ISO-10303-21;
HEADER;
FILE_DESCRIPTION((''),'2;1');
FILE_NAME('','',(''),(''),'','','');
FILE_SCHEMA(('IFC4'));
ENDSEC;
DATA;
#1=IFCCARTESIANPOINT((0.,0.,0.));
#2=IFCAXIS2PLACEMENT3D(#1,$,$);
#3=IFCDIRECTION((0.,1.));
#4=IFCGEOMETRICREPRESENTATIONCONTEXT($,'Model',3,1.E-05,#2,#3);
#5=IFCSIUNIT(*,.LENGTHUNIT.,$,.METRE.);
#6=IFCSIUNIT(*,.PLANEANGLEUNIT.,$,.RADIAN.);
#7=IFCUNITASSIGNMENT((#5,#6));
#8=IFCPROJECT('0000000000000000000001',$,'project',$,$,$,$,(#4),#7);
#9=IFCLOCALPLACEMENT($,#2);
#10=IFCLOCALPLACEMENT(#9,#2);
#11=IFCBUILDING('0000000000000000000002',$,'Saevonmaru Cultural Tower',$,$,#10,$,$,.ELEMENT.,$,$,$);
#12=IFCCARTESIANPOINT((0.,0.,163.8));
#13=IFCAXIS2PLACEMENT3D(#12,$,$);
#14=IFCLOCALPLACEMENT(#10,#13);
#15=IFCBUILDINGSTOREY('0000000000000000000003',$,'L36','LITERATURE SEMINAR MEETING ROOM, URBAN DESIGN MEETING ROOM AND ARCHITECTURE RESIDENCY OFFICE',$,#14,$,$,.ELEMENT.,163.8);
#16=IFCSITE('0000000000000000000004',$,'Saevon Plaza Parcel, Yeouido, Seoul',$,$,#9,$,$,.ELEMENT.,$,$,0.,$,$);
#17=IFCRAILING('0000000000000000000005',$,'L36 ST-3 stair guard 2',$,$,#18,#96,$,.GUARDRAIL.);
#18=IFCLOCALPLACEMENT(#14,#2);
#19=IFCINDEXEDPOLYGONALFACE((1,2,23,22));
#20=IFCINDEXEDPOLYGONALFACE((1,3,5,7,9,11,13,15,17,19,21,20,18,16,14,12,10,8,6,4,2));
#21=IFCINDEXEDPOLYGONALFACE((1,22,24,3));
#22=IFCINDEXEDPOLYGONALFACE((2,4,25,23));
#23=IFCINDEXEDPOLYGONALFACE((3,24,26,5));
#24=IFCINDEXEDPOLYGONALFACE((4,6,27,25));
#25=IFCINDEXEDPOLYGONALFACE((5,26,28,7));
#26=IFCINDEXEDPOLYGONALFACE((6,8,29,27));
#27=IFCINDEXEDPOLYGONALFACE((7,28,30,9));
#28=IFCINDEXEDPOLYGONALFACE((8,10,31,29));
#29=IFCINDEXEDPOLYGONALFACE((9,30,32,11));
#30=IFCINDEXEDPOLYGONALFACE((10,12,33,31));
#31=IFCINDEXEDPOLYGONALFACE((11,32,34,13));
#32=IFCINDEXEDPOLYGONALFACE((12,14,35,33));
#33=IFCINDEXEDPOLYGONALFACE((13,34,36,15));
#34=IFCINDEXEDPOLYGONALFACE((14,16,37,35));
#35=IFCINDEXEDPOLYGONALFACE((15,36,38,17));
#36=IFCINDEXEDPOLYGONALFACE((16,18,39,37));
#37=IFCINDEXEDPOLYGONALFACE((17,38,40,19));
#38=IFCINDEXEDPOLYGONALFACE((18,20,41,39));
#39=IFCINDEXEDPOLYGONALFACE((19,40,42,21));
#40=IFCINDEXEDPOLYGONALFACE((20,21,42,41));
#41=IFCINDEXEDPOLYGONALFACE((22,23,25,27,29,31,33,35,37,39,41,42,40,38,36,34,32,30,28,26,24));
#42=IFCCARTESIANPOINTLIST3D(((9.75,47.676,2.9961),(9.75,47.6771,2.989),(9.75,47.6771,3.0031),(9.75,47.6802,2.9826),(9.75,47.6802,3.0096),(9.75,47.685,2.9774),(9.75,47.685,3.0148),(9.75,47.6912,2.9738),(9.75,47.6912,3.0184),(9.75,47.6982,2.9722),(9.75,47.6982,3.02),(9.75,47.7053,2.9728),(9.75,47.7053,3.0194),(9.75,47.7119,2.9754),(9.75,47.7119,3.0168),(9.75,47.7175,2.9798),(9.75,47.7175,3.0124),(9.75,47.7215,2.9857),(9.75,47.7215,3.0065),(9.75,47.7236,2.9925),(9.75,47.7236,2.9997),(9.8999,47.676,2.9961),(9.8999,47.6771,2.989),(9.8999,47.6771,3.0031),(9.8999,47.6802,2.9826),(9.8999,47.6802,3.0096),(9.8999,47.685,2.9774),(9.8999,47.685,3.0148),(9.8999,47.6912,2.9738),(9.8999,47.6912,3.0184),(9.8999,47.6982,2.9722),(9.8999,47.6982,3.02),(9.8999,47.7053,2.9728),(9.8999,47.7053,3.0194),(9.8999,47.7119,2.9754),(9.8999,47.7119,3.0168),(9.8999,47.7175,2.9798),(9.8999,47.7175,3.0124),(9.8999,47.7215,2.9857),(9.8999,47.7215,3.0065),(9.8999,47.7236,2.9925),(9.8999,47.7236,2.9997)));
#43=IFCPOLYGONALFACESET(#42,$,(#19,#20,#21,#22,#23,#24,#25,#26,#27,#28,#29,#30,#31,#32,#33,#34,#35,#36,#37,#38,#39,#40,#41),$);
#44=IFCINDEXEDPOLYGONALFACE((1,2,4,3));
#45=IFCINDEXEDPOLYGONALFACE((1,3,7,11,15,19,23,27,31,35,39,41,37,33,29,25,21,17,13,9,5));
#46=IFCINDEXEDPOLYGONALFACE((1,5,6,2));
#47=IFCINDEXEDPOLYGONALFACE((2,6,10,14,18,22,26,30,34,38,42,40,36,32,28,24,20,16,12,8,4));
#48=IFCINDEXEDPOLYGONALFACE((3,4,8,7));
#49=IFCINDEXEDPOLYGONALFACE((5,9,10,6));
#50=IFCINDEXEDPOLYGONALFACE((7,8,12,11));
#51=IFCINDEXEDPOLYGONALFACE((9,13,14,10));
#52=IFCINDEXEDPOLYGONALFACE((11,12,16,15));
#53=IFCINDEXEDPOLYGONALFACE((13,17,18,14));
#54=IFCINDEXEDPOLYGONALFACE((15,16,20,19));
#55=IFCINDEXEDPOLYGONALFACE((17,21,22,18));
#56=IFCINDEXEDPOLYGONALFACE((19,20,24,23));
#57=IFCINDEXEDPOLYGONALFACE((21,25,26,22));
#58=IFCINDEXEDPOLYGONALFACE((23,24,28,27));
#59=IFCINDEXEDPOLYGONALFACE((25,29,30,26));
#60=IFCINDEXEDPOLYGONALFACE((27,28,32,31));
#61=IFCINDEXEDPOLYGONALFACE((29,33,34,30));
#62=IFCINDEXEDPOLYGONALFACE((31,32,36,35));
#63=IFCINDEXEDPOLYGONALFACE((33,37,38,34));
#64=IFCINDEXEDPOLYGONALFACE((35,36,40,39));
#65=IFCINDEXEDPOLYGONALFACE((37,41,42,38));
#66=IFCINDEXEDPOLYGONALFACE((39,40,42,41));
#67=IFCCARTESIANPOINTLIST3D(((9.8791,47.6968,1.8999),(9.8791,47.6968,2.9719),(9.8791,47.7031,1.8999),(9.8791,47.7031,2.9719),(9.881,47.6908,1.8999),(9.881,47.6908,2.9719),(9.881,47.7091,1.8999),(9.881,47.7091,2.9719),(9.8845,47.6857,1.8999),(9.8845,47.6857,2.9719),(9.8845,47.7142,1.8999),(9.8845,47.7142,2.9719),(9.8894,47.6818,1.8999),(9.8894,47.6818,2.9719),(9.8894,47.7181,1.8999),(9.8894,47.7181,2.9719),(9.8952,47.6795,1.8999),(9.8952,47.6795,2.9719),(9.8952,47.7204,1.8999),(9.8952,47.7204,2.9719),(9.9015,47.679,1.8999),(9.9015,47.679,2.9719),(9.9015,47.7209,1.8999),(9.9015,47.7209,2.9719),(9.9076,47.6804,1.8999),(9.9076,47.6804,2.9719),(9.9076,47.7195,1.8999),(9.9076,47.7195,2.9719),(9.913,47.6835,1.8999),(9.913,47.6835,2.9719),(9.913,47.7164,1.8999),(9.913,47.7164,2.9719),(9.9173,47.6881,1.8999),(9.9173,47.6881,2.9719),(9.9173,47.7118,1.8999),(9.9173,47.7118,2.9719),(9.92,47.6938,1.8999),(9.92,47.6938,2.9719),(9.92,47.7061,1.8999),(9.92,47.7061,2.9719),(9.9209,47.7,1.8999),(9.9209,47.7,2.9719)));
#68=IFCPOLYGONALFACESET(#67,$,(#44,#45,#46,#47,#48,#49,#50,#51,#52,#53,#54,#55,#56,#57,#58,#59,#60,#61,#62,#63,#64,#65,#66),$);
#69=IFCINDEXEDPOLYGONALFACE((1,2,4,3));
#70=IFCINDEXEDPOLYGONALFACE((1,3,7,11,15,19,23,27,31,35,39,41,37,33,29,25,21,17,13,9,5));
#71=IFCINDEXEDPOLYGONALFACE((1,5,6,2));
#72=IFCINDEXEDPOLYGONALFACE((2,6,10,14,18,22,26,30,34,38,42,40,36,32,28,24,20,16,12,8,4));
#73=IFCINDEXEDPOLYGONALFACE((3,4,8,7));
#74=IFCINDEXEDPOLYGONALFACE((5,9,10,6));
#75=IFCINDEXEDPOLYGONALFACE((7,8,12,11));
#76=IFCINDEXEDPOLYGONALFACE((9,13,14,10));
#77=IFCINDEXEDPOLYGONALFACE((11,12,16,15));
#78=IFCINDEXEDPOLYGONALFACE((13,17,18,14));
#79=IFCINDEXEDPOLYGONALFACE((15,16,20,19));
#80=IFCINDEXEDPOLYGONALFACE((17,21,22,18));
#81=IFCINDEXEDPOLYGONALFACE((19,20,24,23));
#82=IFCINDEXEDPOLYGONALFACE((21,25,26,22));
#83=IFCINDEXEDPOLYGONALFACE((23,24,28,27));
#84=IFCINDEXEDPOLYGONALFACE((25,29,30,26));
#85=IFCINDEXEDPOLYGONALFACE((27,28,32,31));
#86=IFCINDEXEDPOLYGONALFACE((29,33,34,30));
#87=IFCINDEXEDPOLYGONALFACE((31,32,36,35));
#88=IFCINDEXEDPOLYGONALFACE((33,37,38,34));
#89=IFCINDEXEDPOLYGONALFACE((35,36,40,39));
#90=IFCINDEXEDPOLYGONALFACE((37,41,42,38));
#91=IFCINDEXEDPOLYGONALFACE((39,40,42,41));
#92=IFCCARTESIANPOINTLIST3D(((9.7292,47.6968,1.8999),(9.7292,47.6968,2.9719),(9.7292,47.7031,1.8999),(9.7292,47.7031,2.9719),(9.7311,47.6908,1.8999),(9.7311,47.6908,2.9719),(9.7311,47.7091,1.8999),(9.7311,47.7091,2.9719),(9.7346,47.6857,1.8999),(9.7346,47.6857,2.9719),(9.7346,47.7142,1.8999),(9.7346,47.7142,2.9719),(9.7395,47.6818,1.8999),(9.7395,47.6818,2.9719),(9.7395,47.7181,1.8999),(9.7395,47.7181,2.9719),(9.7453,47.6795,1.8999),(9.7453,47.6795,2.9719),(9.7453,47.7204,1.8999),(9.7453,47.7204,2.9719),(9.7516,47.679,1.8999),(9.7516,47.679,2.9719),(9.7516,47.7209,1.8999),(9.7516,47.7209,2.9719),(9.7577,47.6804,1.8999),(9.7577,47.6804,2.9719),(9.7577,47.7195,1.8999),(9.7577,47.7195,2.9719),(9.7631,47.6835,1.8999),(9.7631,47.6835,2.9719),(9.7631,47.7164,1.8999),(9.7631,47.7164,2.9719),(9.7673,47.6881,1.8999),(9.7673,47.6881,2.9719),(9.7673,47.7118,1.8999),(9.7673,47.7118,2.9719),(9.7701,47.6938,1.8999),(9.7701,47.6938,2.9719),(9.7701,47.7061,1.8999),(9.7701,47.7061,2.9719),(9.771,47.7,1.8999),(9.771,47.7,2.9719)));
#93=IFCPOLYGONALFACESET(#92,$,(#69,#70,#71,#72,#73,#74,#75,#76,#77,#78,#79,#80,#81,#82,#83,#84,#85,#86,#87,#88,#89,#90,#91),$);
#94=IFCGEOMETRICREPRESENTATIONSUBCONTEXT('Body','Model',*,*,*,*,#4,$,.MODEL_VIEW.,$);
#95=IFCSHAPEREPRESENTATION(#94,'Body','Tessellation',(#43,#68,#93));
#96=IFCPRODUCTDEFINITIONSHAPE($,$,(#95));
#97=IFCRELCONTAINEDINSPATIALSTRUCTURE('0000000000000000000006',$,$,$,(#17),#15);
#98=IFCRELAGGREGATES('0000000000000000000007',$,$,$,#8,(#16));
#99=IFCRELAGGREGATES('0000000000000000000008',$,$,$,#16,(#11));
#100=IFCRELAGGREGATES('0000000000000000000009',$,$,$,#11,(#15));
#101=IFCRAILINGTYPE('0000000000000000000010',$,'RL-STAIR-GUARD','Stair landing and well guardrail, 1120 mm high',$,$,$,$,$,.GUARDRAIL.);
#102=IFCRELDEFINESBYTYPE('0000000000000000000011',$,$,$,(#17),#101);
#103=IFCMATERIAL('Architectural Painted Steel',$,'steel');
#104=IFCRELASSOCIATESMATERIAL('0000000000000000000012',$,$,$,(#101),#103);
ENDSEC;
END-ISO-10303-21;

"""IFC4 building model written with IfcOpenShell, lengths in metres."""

from ifc_helpers import new_model, si_unit, direction, frame, origin, origin_2d, place, context, subcontext, project, spatial, circle, extrude, material, type_object, element, save


model = new_model("IFC4")

# Units and contexts
model_context = context("Model", 3, precision=1e-05, world=origin(), true_north=direction((0.0, 1.0)))
body_context = subcontext(model_context, "Body", "Model", "MODEL_VIEW")
ifc_project = project(units=[si_unit("LENGTHUNIT", "METRE"), si_unit("PLANEANGLEUNIT", "RADIAN")], contexts=[model_context])

# Site, building, storey
site_placement = place(None, origin())
site = spatial("IfcSite", under=ifc_project, at=site_placement, Name="Saevon Plaza Parcel, Yeouido, Seoul", CompositionType="ELEMENT", RefElevation=0.0)
building_placement = place(site_placement, origin())
building = spatial("IfcBuilding", under=site, at=building_placement, Name="Saevonmaru Cultural Tower", CompositionType="ELEMENT")
storey_placement = place(building_placement, frame((0.0, 0.0, 163.8)))
storey = spatial("IfcBuildingStorey", under=building, at=storey_placement, Name="L36", Description="LITERATURE SEMINAR MEETING ROOM, URBAN DESIGN MEETING ROOM AND ARCHITECTURE RESIDENCY OFFICE", CompositionType="ELEMENT", Elevation=163.8)

# Railing
ifc_material_1 = material(Name="Architectural Painted Steel", Category="steel")
railing_type_1 = type_object("IfcRailingType", Name="RL-STAIR-GUARD", Description="Stair landing and well guardrail, 1120 mm high", PredefinedType="GUARDRAIL", material=ifc_material_1)
railing_1_placement = place(storey_placement, frame((9.8999, 47.7, 1.8999)))
element("IfcRailing", 1, at=railing_1_placement, inside=storey, type_object=railing_type_1, Name="L36 ST-3 stair guard 2", PredefinedType="GUARDRAIL", context=body_context, shape_type="SweptSolid", body=[
    extrude(circle(Radius=0.0239, at=origin_2d()), frame((0.0, 0.0, 1.0962), z_axis=(-1.0, 0.0, 0.0), x_axis=(0.0, -1.0, 0.0)), (0.0, 0.0, 1.0), 0.1499),
    extrude(circle(Radius=0.021, at=origin_2d()), origin(), (0.0, 0.0, 1.0), 1.072),
    extrude(circle(Radius=0.021, at=origin_2d()), frame((-0.1499, 0.0, 0.0)), (0.0, 0.0, 1.0), 1.072),
])

save(model, "model.ifc")
